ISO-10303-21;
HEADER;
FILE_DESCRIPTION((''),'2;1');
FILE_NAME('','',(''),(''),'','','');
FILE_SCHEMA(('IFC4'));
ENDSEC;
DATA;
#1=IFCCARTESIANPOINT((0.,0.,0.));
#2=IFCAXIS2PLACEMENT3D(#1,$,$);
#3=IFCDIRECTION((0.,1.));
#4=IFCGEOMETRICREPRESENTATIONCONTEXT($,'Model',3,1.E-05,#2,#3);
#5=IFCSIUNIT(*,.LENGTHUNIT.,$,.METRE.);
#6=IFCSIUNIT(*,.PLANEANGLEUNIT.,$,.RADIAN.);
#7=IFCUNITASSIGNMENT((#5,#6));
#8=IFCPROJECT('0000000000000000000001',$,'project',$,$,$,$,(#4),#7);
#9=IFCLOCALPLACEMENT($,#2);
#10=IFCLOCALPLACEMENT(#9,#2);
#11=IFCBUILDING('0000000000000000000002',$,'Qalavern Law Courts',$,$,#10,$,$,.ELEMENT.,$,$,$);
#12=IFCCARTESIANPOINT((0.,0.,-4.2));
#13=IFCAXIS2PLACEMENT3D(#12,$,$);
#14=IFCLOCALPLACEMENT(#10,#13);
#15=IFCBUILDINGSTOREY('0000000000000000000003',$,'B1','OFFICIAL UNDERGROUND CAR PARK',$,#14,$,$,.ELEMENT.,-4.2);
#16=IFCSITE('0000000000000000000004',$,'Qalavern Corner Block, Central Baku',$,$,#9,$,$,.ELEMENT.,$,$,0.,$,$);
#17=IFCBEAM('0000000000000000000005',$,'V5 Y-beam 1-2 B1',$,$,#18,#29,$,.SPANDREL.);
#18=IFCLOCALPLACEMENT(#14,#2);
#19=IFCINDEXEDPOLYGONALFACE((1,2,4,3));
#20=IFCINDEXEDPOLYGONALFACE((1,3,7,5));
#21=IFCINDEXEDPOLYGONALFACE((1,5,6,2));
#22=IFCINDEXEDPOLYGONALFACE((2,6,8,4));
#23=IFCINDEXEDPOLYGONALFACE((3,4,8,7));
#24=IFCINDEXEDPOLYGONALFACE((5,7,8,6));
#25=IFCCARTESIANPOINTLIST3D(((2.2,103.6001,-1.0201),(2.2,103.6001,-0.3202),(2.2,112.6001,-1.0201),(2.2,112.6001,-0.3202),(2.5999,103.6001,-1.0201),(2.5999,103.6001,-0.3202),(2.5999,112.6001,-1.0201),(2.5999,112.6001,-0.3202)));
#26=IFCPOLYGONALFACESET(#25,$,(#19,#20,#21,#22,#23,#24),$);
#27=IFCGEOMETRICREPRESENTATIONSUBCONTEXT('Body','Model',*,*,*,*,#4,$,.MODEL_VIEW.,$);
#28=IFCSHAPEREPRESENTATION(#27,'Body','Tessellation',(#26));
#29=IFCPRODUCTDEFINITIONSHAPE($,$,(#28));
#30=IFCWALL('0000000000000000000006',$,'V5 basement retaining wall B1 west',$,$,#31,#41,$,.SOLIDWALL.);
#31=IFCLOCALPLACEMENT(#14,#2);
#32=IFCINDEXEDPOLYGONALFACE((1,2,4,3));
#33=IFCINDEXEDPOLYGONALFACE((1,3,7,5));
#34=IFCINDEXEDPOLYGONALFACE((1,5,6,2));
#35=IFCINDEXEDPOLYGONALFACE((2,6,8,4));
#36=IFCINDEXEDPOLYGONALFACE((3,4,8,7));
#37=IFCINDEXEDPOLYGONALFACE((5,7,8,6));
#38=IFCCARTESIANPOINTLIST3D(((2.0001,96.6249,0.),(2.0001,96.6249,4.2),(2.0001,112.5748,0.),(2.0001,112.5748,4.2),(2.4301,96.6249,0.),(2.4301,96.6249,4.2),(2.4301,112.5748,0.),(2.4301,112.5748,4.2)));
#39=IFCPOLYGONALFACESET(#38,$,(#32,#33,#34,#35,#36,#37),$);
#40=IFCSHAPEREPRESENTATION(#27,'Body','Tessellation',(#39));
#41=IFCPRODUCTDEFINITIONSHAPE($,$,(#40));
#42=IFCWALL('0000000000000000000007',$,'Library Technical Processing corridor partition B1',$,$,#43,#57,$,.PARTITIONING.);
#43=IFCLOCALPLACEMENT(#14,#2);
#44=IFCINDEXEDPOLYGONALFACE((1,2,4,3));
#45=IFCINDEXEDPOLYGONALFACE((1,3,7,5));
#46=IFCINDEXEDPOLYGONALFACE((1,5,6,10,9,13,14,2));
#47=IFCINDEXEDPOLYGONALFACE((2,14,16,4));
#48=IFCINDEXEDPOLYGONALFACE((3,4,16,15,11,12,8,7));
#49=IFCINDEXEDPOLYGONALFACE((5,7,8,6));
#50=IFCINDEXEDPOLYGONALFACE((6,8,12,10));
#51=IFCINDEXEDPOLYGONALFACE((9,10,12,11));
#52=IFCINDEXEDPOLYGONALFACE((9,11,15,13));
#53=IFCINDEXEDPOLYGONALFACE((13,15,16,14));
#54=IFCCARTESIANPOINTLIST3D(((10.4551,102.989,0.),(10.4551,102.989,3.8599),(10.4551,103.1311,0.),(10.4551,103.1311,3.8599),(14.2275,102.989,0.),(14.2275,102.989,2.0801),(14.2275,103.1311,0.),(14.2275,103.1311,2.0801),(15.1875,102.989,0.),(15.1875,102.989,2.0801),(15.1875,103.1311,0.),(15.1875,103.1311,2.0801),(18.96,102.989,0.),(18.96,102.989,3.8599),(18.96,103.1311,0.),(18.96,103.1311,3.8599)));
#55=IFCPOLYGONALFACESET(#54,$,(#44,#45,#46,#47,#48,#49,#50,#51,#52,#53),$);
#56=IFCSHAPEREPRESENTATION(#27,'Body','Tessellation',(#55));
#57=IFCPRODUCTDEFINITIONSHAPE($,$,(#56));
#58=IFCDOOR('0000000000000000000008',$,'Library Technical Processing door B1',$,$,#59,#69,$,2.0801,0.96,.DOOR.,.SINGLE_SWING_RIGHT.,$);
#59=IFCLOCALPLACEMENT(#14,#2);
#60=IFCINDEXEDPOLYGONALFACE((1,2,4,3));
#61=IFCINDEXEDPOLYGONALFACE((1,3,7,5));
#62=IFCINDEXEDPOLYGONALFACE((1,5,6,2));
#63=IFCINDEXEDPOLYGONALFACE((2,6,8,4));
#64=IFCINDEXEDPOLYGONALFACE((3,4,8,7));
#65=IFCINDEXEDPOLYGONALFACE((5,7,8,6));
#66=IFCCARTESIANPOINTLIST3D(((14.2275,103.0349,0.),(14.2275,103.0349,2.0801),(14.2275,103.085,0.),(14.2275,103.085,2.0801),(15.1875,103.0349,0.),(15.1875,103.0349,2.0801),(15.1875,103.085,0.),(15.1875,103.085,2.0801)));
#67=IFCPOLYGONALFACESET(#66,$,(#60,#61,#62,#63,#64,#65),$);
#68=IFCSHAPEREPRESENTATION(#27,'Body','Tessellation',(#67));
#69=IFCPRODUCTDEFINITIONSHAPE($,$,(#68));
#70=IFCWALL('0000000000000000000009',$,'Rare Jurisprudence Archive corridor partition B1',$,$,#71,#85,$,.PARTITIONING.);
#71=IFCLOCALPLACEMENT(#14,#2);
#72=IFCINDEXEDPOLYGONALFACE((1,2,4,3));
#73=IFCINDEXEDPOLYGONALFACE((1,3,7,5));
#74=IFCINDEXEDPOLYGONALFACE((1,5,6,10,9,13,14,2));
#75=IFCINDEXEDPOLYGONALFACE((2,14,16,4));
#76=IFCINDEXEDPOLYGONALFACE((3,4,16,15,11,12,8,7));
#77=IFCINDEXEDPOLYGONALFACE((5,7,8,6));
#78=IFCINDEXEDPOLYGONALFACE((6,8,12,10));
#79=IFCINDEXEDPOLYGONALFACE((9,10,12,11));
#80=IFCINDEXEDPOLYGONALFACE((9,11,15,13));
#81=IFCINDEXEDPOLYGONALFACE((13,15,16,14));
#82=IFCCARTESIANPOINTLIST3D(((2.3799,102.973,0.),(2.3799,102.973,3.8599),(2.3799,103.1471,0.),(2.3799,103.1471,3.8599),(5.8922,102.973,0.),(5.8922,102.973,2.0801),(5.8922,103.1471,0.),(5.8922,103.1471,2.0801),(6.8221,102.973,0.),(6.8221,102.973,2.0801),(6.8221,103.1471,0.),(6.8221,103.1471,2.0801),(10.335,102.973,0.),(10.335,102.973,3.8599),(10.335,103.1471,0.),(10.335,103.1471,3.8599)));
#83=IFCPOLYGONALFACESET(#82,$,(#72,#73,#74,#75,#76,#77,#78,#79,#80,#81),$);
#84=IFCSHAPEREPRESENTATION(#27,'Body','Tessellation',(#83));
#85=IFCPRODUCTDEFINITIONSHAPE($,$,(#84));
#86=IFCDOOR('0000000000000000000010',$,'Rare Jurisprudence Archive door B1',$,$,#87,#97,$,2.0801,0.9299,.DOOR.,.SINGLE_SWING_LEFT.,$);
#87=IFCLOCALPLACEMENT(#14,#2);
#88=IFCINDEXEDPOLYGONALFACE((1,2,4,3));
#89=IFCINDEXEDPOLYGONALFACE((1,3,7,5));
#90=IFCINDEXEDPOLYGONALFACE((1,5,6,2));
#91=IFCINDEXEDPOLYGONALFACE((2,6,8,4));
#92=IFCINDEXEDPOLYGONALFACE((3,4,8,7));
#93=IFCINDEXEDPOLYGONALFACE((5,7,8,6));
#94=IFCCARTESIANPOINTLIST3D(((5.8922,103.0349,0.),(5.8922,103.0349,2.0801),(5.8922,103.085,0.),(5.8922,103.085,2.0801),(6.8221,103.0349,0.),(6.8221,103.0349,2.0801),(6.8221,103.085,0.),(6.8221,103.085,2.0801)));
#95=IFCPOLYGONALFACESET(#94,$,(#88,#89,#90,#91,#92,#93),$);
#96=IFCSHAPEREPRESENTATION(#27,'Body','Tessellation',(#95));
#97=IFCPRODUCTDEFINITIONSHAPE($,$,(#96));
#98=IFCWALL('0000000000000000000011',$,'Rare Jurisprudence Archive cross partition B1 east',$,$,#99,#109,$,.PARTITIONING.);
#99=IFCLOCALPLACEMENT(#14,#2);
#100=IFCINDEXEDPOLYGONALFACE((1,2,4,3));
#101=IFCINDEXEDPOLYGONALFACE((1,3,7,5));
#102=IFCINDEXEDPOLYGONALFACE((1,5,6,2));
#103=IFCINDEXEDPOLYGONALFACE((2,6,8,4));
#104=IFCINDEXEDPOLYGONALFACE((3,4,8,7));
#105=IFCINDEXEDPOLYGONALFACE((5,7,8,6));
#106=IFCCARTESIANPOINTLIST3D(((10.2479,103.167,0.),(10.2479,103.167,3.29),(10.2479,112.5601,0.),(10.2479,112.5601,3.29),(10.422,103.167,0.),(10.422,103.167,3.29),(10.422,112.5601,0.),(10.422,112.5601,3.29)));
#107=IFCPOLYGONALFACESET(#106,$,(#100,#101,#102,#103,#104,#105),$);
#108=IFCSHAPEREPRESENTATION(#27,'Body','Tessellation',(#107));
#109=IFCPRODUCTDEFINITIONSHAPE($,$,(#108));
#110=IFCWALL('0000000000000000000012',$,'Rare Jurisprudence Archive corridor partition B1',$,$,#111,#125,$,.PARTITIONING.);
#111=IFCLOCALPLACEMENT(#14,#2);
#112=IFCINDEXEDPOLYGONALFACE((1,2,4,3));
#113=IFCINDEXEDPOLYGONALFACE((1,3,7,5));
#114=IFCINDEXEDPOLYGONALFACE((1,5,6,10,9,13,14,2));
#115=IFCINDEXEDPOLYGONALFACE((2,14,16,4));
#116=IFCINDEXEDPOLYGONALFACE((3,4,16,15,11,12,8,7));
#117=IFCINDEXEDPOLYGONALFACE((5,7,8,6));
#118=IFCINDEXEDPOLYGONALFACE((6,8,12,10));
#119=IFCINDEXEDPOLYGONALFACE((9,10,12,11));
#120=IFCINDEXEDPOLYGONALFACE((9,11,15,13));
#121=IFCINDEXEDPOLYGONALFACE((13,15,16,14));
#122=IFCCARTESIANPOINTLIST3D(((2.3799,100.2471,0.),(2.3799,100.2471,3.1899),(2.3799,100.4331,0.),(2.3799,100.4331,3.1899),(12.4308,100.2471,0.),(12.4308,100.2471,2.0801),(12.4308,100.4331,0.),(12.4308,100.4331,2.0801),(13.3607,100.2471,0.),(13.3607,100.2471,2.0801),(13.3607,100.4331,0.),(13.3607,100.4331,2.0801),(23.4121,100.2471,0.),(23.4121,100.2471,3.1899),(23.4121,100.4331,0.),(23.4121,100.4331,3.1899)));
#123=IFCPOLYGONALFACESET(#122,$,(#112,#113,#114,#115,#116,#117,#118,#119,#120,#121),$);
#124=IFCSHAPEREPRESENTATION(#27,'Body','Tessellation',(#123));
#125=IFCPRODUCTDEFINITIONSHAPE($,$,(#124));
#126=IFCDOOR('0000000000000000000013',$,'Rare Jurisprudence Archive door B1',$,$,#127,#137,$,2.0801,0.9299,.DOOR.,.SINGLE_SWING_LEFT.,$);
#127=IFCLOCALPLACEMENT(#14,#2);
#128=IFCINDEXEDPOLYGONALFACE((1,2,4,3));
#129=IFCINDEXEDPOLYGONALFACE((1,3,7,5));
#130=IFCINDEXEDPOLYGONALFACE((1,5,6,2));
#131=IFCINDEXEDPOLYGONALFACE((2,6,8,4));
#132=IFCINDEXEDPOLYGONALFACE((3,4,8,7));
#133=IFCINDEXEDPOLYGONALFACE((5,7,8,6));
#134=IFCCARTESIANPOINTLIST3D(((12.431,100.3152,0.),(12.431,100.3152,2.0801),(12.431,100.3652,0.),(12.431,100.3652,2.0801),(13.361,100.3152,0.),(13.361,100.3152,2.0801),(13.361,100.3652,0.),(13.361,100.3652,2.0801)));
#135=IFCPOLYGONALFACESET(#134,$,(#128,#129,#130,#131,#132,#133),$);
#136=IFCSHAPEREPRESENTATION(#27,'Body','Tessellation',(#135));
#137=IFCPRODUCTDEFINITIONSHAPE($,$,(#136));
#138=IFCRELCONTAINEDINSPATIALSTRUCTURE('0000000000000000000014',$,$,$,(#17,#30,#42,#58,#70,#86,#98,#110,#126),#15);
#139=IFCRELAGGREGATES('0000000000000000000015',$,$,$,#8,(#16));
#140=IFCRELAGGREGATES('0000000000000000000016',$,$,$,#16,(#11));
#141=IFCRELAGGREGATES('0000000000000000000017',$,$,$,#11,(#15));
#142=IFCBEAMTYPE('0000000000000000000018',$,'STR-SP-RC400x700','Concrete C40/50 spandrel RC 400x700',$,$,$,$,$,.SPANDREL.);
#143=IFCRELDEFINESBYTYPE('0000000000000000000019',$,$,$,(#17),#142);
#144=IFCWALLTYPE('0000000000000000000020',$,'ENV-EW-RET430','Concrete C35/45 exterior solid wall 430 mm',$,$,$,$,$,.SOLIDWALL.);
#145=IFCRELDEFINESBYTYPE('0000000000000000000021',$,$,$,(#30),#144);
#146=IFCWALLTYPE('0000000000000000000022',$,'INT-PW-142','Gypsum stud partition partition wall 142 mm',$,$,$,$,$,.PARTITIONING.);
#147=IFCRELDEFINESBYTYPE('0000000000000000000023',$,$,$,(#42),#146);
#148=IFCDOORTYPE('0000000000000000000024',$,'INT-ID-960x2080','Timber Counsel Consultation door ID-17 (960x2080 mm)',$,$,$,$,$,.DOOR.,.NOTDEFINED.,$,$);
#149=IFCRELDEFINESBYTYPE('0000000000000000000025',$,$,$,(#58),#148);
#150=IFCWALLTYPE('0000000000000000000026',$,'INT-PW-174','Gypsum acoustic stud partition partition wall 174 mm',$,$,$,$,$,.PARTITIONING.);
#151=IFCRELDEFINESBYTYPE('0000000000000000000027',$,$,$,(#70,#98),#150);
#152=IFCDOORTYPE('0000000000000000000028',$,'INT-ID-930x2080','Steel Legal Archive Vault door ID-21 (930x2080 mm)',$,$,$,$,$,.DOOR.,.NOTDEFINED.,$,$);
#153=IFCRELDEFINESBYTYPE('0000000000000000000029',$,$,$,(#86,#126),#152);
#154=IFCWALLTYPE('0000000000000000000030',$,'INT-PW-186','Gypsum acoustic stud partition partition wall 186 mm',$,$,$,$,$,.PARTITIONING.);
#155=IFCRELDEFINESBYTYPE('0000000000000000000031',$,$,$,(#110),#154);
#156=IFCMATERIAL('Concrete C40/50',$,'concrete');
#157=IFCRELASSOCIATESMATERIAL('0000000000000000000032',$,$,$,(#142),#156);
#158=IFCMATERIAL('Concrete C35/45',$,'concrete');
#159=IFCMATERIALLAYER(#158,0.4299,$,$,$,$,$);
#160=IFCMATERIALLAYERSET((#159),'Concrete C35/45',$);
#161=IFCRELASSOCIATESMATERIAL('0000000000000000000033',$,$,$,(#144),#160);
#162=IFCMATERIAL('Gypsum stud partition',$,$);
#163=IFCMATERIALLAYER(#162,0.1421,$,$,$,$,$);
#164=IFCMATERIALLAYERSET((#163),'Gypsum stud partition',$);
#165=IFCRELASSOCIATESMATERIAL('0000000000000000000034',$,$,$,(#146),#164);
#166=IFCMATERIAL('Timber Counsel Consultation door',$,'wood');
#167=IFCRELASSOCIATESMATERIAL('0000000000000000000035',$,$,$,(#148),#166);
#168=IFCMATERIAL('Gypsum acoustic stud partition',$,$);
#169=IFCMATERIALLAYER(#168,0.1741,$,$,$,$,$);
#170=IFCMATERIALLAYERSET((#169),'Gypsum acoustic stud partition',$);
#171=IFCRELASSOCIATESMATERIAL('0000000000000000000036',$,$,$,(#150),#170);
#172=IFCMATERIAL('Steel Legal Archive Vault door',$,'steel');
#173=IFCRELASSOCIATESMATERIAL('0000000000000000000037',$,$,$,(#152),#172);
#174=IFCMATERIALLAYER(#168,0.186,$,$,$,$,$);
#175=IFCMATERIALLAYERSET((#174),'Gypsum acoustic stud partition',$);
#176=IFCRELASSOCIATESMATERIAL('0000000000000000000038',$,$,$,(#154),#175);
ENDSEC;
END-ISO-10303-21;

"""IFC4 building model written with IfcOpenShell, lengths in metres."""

from ifc_helpers import new_model, si_unit, direction, frame, frame_2d, origin, origin_2d, place, context, subcontext, project, spatial, rectangle, extrude, material, layer, layer_set, material_profile, profile_set, type_object, element, fill, save


model = new_model("IFC4")

# Units and contexts
model_context = context("Model", 3, precision=1e-05, world=origin(), true_north=direction((0.0, 1.0)))
body_context = subcontext(model_context, "Body", "Model", "MODEL_VIEW")
ifc_project = project(units=[si_unit("LENGTHUNIT", "METRE"), si_unit("PLANEANGLEUNIT", "RADIAN")], contexts=[model_context])

# Site, building, storey
site_placement = place(None, origin())
site = spatial("IfcSite", under=ifc_project, at=site_placement, Name="Qalavern Corner Block, Central Baku", CompositionType="ELEMENT", RefElevation=0.0)
building_placement = place(site_placement, origin())
building = spatial("IfcBuilding", under=site, at=building_placement, Name="Qalavern Law Courts", CompositionType="ELEMENT")
storey_placement = place(building_placement, frame((0.0, 0.0, -4.2)))
storey = spatial("IfcBuildingStorey", under=building, at=storey_placement, Name="B1", Description="OFFICIAL UNDERGROUND CAR PARK", CompositionType="ELEMENT", Elevation=-4.2)

# Beam
ifc_material_1 = material(Name="Concrete C35/45", Category="concrete")
ifc_material_2 = material(Name="Concrete C40/50", Category="concrete")
ifc_material_profile_1 = material_profile(ifc_material_2, rectangle(XDim=0.3999, YDim=0.7, at=origin_2d()), Name="RC 400x700")
ifc_profile_set_1 = profile_set([ifc_material_profile_1], Name="Concrete C40/50")
beam_type_1 = type_object("IfcBeamType", Name="STR-SP-RC400x700", Description="Concrete C40/50 spandrel RC 400x700", PredefinedType="SPANDREL", material=ifc_profile_set_1)
beam_1_placement = place(storey_placement, frame((2.3999, 103.6001, -0.6702), z_axis=(0.0, 1.0, 0.0), x_axis=(-1.0, 0.0, 0.0)))
element("IfcBeam", 1, at=beam_1_placement, inside=storey, type_object=beam_type_1, Name="V5 Y-beam 1-2 B1", PredefinedType="SPANDREL", context=body_context, shape_type="SweptSolid", body=[
    extrude(rectangle(XDim=0.3999, YDim=0.7, at=origin_2d()), origin(), (0.0, 0.0, 1.0), 9.0),
])

# Wall
ifc_layer_1 = layer(ifc_material_1, 0.4299)
ifc_layer_set_1 = layer_set([ifc_layer_1], Name="Concrete C35/45")
wall_type_1 = type_object("IfcWallType", Name="ENV-EW-RET430", Description="Concrete C35/45 exterior solid wall 430 mm", PredefinedType="SOLIDWALL", material=ifc_layer_set_1)
wall_1_placement = place(storey_placement, frame((2.2151, 112.575, 0.0), z_axis=(0.0, 0.0, 1.0), x_axis=(0.0, -1.0, 0.0)))
element("IfcWall", 2, at=wall_1_placement, inside=storey, type_object=wall_type_1, Name="V5 basement retaining wall B1 west", PredefinedType="SOLIDWALL", context=body_context, shape_type="SweptSolid", body=[
    extrude(rectangle(XDim=15.95, YDim=0.4299, at=frame_2d((7.9751, 0.0))), origin(), (0.0, 0.0, 1.0), 4.2),
])

# Walls, openings, doors
ifc_material_3 = material(Name="Gypsum stud partition")
ifc_layer_2 = layer(ifc_material_3, 0.1421)
ifc_layer_set_2 = layer_set([ifc_layer_2], Name="Gypsum stud partition")
wall_type_2 = type_object("IfcWallType", Name="INT-PW-142", Description="Gypsum stud partition partition wall 142 mm", PredefinedType="PARTITIONING", material=ifc_layer_set_2)
wall_2_placement = place(storey_placement, frame((10.4551, 103.0601, 0.0), z_axis=(0.0, 0.0, 1.0), x_axis=(1.0, 0.0, 0.0)))
wall_2 = element("IfcWall", 3, at=wall_2_placement, inside=storey, type_object=wall_type_2, Name="Library Technical Processing corridor partition B1", PredefinedType="PARTITIONING", context=body_context, shape_type="SweptSolid", body=[
    extrude(rectangle(XDim=8.5049, YDim=0.1421, at=frame_2d((4.2524, 0.0))), origin(), (0.0, 0.0, 1.0), 3.8599),
])
opening_1_placement = place(wall_2_placement, frame((3.7725, 0.0, 0.0)))
opening_1 = element("IfcOpeningElement", 4, at=opening_1_placement, cuts=wall_2, PredefinedType="OPENING", context=body_context, shape_type="SweptSolid", body=[
    extrude(rectangle(XDim=0.96, YDim=2.0801, at=frame_2d((0.48, 1.04))), frame((0.0, 0.0859, 0.0), z_axis=(0.0, -1.0, 0.0), x_axis=(1.0, 0.0, 0.0)), (0.0, 0.0, 1.0), 0.1719),
])
ifc_material_4 = material(Name="Timber Counsel Consultation door", Category="wood")
door_type_1 = type_object("IfcDoorType", Name="INT-ID-960x2080", Description="Timber Counsel Consultation door ID-17 (960x2080 mm)", OperationType="NOTDEFINED", PredefinedType="DOOR", material=ifc_material_4)
door_1_placement = place(opening_1_placement, origin())
door_1 = element("IfcDoor", 5, at=door_1_placement, inside=storey, type_object=door_type_1, Name="Library Technical Processing door B1", OperationType="SINGLE_SWING_RIGHT", OverallHeight=2.0801, OverallWidth=0.96, PredefinedType="DOOR", context=body_context, shape_type="SweptSolid", body=[
    extrude(rectangle(XDim=0.96, YDim=2.0801, at=frame_2d((0.48, 1.04))), frame((0.0, 0.0249, 0.0), z_axis=(0.0, -1.0, 0.0), x_axis=(1.0, 0.0, 0.0)), (0.0, 0.0, 1.0), 0.05),
])
fill(opening_1, door_1)
ifc_material_5 = material(Name="Gypsum acoustic stud partition")
ifc_layer_3 = layer(ifc_material_5, 0.1741)
ifc_layer_set_3 = layer_set([ifc_layer_3], Name="Gypsum acoustic stud partition")
wall_type_3 = type_object("IfcWallType", Name="INT-PW-174", Description="Gypsum acoustic stud partition partition wall 174 mm", PredefinedType="PARTITIONING", material=ifc_layer_set_3)
wall_3_placement = place(storey_placement, frame((2.3799, 103.0601, 0.0), z_axis=(0.0, 0.0, 1.0), x_axis=(1.0, 0.0, 0.0)))
wall_3 = element("IfcWall", 6, at=wall_3_placement, inside=storey, type_object=wall_type_3, Name="Rare Jurisprudence Archive corridor partition B1", PredefinedType="PARTITIONING", context=body_context, shape_type="SweptSolid", body=[
    extrude(rectangle(XDim=7.9551, YDim=0.1741, at=frame_2d((3.9775, 0.0))), origin(), (0.0, 0.0, 1.0), 3.8599),
])
opening_2_placement = place(wall_3_placement, frame((3.5125, 0.0, 0.0)))
opening_2 = element("IfcOpeningElement", 7, at=opening_2_placement, cuts=wall_3, PredefinedType="OPENING", context=body_context, shape_type="SweptSolid", body=[
    extrude(rectangle(XDim=0.9299, YDim=2.0801, at=frame_2d((0.4648, 1.04))), frame((0.0, 0.1021, 0.0), z_axis=(0.0, -1.0, 0.0), x_axis=(1.0, 0.0, 0.0)), (0.0, 0.0, 1.0), 0.2039),
])
ifc_material_6 = material(Name="Steel Legal Archive Vault door", Category="steel")
door_type_2 = type_object("IfcDoorType", Name="INT-ID-930x2080", Description="Steel Legal Archive Vault door ID-21 (930x2080 mm)", OperationType="NOTDEFINED", PredefinedType="DOOR", material=ifc_material_6)
door_2_placement = place(opening_2_placement, origin())
door_2 = element("IfcDoor", 8, at=door_2_placement, inside=storey, type_object=door_type_2, Name="Rare Jurisprudence Archive door B1", OperationType="SINGLE_SWING_LEFT", OverallHeight=2.0801, OverallWidth=0.9299, PredefinedType="DOOR", context=body_context, shape_type="SweptSolid", body=[
    extrude(rectangle(XDim=0.9299, YDim=2.0801, at=frame_2d((0.4648, 1.04))), frame((0.0, 0.0249, 0.0), z_axis=(0.0, -1.0, 0.0), x_axis=(1.0, 0.0, 0.0)), (0.0, 0.0, 1.0), 0.05),
])
fill(opening_2, door_2)

# Wall
wall_4_placement = place(storey_placement, frame((10.335, 103.167, 0.0), z_axis=(0.0, 0.0, 1.0), x_axis=(0.0, 1.0, 0.0)))
element("IfcWall", 9, at=wall_4_placement, inside=storey, type_object=wall_type_3, Name="Rare Jurisprudence Archive cross partition B1 east", PredefinedType="PARTITIONING", context=body_context, shape_type="SweptSolid", body=[
    extrude(rectangle(XDim=9.3931, YDim=0.1741, at=frame_2d((4.6965, 0.0))), origin(), (0.0, 0.0, 1.0), 3.29),
])

# Wall, opening, door
ifc_layer_4 = layer(ifc_material_5, 0.186)
ifc_layer_set_4 = layer_set([ifc_layer_4], Name="Gypsum acoustic stud partition")
wall_type_4 = type_object("IfcWallType", Name="INT-PW-186", Description="Gypsum acoustic stud partition partition wall 186 mm", PredefinedType="PARTITIONING", material=ifc_layer_set_4)
wall_5_placement = place(storey_placement, frame((2.3799, 100.3401, 0.0), z_axis=(0.0, 0.0, 1.0), x_axis=(1.0, 0.0, 0.0)))
wall_5 = element("IfcWall", 10, at=wall_5_placement, inside=storey, type_object=wall_type_4, Name="Rare Jurisprudence Archive corridor partition B1", PredefinedType="PARTITIONING", context=body_context, shape_type="SweptSolid", body=[
    extrude(rectangle(XDim=21.0322, YDim=0.186, at=frame_2d((10.5161, 0.0))), origin(), (0.0, 0.0, 1.0), 3.1899),
])
opening_3_placement = place(wall_5_placement, frame((10.051, 0.0, 0.0)))
opening_3 = element("IfcOpeningElement", 11, at=opening_3_placement, cuts=wall_5, PredefinedType="OPENING", context=body_context, shape_type="SweptSolid", body=[
    extrude(rectangle(XDim=0.9299, YDim=2.0801, at=frame_2d((0.4648, 1.04))), frame((0.0, 0.1079, 0.0), z_axis=(0.0, -1.0, 0.0), x_axis=(1.0, 0.0, 0.0)), (0.0, 0.0, 1.0), 0.2158),
])
door_3_placement = place(opening_3_placement, frame((0.9299, 0.0, 0.0), z_axis=(0.0, 0.0, 1.0), x_axis=(-1.0, 0.0, 0.0)))
door_3 = element("IfcDoor", 12, at=door_3_placement, inside=storey, type_object=door_type_2, Name="Rare Jurisprudence Archive door B1", OperationType="SINGLE_SWING_LEFT", OverallHeight=2.0801, OverallWidth=0.9299, PredefinedType="DOOR", context=body_context, shape_type="SweptSolid", body=[
    extrude(rectangle(XDim=0.9299, YDim=2.0801, at=frame_2d((0.4648, 1.04))), frame((0.0, 0.0249, 0.0), z_axis=(0.0, -1.0, 0.0), x_axis=(1.0, 0.0, 0.0)), (0.0, 0.0, 1.0), 0.05),
])
fill(opening_3, door_3)

save(model, "model.ifc")
